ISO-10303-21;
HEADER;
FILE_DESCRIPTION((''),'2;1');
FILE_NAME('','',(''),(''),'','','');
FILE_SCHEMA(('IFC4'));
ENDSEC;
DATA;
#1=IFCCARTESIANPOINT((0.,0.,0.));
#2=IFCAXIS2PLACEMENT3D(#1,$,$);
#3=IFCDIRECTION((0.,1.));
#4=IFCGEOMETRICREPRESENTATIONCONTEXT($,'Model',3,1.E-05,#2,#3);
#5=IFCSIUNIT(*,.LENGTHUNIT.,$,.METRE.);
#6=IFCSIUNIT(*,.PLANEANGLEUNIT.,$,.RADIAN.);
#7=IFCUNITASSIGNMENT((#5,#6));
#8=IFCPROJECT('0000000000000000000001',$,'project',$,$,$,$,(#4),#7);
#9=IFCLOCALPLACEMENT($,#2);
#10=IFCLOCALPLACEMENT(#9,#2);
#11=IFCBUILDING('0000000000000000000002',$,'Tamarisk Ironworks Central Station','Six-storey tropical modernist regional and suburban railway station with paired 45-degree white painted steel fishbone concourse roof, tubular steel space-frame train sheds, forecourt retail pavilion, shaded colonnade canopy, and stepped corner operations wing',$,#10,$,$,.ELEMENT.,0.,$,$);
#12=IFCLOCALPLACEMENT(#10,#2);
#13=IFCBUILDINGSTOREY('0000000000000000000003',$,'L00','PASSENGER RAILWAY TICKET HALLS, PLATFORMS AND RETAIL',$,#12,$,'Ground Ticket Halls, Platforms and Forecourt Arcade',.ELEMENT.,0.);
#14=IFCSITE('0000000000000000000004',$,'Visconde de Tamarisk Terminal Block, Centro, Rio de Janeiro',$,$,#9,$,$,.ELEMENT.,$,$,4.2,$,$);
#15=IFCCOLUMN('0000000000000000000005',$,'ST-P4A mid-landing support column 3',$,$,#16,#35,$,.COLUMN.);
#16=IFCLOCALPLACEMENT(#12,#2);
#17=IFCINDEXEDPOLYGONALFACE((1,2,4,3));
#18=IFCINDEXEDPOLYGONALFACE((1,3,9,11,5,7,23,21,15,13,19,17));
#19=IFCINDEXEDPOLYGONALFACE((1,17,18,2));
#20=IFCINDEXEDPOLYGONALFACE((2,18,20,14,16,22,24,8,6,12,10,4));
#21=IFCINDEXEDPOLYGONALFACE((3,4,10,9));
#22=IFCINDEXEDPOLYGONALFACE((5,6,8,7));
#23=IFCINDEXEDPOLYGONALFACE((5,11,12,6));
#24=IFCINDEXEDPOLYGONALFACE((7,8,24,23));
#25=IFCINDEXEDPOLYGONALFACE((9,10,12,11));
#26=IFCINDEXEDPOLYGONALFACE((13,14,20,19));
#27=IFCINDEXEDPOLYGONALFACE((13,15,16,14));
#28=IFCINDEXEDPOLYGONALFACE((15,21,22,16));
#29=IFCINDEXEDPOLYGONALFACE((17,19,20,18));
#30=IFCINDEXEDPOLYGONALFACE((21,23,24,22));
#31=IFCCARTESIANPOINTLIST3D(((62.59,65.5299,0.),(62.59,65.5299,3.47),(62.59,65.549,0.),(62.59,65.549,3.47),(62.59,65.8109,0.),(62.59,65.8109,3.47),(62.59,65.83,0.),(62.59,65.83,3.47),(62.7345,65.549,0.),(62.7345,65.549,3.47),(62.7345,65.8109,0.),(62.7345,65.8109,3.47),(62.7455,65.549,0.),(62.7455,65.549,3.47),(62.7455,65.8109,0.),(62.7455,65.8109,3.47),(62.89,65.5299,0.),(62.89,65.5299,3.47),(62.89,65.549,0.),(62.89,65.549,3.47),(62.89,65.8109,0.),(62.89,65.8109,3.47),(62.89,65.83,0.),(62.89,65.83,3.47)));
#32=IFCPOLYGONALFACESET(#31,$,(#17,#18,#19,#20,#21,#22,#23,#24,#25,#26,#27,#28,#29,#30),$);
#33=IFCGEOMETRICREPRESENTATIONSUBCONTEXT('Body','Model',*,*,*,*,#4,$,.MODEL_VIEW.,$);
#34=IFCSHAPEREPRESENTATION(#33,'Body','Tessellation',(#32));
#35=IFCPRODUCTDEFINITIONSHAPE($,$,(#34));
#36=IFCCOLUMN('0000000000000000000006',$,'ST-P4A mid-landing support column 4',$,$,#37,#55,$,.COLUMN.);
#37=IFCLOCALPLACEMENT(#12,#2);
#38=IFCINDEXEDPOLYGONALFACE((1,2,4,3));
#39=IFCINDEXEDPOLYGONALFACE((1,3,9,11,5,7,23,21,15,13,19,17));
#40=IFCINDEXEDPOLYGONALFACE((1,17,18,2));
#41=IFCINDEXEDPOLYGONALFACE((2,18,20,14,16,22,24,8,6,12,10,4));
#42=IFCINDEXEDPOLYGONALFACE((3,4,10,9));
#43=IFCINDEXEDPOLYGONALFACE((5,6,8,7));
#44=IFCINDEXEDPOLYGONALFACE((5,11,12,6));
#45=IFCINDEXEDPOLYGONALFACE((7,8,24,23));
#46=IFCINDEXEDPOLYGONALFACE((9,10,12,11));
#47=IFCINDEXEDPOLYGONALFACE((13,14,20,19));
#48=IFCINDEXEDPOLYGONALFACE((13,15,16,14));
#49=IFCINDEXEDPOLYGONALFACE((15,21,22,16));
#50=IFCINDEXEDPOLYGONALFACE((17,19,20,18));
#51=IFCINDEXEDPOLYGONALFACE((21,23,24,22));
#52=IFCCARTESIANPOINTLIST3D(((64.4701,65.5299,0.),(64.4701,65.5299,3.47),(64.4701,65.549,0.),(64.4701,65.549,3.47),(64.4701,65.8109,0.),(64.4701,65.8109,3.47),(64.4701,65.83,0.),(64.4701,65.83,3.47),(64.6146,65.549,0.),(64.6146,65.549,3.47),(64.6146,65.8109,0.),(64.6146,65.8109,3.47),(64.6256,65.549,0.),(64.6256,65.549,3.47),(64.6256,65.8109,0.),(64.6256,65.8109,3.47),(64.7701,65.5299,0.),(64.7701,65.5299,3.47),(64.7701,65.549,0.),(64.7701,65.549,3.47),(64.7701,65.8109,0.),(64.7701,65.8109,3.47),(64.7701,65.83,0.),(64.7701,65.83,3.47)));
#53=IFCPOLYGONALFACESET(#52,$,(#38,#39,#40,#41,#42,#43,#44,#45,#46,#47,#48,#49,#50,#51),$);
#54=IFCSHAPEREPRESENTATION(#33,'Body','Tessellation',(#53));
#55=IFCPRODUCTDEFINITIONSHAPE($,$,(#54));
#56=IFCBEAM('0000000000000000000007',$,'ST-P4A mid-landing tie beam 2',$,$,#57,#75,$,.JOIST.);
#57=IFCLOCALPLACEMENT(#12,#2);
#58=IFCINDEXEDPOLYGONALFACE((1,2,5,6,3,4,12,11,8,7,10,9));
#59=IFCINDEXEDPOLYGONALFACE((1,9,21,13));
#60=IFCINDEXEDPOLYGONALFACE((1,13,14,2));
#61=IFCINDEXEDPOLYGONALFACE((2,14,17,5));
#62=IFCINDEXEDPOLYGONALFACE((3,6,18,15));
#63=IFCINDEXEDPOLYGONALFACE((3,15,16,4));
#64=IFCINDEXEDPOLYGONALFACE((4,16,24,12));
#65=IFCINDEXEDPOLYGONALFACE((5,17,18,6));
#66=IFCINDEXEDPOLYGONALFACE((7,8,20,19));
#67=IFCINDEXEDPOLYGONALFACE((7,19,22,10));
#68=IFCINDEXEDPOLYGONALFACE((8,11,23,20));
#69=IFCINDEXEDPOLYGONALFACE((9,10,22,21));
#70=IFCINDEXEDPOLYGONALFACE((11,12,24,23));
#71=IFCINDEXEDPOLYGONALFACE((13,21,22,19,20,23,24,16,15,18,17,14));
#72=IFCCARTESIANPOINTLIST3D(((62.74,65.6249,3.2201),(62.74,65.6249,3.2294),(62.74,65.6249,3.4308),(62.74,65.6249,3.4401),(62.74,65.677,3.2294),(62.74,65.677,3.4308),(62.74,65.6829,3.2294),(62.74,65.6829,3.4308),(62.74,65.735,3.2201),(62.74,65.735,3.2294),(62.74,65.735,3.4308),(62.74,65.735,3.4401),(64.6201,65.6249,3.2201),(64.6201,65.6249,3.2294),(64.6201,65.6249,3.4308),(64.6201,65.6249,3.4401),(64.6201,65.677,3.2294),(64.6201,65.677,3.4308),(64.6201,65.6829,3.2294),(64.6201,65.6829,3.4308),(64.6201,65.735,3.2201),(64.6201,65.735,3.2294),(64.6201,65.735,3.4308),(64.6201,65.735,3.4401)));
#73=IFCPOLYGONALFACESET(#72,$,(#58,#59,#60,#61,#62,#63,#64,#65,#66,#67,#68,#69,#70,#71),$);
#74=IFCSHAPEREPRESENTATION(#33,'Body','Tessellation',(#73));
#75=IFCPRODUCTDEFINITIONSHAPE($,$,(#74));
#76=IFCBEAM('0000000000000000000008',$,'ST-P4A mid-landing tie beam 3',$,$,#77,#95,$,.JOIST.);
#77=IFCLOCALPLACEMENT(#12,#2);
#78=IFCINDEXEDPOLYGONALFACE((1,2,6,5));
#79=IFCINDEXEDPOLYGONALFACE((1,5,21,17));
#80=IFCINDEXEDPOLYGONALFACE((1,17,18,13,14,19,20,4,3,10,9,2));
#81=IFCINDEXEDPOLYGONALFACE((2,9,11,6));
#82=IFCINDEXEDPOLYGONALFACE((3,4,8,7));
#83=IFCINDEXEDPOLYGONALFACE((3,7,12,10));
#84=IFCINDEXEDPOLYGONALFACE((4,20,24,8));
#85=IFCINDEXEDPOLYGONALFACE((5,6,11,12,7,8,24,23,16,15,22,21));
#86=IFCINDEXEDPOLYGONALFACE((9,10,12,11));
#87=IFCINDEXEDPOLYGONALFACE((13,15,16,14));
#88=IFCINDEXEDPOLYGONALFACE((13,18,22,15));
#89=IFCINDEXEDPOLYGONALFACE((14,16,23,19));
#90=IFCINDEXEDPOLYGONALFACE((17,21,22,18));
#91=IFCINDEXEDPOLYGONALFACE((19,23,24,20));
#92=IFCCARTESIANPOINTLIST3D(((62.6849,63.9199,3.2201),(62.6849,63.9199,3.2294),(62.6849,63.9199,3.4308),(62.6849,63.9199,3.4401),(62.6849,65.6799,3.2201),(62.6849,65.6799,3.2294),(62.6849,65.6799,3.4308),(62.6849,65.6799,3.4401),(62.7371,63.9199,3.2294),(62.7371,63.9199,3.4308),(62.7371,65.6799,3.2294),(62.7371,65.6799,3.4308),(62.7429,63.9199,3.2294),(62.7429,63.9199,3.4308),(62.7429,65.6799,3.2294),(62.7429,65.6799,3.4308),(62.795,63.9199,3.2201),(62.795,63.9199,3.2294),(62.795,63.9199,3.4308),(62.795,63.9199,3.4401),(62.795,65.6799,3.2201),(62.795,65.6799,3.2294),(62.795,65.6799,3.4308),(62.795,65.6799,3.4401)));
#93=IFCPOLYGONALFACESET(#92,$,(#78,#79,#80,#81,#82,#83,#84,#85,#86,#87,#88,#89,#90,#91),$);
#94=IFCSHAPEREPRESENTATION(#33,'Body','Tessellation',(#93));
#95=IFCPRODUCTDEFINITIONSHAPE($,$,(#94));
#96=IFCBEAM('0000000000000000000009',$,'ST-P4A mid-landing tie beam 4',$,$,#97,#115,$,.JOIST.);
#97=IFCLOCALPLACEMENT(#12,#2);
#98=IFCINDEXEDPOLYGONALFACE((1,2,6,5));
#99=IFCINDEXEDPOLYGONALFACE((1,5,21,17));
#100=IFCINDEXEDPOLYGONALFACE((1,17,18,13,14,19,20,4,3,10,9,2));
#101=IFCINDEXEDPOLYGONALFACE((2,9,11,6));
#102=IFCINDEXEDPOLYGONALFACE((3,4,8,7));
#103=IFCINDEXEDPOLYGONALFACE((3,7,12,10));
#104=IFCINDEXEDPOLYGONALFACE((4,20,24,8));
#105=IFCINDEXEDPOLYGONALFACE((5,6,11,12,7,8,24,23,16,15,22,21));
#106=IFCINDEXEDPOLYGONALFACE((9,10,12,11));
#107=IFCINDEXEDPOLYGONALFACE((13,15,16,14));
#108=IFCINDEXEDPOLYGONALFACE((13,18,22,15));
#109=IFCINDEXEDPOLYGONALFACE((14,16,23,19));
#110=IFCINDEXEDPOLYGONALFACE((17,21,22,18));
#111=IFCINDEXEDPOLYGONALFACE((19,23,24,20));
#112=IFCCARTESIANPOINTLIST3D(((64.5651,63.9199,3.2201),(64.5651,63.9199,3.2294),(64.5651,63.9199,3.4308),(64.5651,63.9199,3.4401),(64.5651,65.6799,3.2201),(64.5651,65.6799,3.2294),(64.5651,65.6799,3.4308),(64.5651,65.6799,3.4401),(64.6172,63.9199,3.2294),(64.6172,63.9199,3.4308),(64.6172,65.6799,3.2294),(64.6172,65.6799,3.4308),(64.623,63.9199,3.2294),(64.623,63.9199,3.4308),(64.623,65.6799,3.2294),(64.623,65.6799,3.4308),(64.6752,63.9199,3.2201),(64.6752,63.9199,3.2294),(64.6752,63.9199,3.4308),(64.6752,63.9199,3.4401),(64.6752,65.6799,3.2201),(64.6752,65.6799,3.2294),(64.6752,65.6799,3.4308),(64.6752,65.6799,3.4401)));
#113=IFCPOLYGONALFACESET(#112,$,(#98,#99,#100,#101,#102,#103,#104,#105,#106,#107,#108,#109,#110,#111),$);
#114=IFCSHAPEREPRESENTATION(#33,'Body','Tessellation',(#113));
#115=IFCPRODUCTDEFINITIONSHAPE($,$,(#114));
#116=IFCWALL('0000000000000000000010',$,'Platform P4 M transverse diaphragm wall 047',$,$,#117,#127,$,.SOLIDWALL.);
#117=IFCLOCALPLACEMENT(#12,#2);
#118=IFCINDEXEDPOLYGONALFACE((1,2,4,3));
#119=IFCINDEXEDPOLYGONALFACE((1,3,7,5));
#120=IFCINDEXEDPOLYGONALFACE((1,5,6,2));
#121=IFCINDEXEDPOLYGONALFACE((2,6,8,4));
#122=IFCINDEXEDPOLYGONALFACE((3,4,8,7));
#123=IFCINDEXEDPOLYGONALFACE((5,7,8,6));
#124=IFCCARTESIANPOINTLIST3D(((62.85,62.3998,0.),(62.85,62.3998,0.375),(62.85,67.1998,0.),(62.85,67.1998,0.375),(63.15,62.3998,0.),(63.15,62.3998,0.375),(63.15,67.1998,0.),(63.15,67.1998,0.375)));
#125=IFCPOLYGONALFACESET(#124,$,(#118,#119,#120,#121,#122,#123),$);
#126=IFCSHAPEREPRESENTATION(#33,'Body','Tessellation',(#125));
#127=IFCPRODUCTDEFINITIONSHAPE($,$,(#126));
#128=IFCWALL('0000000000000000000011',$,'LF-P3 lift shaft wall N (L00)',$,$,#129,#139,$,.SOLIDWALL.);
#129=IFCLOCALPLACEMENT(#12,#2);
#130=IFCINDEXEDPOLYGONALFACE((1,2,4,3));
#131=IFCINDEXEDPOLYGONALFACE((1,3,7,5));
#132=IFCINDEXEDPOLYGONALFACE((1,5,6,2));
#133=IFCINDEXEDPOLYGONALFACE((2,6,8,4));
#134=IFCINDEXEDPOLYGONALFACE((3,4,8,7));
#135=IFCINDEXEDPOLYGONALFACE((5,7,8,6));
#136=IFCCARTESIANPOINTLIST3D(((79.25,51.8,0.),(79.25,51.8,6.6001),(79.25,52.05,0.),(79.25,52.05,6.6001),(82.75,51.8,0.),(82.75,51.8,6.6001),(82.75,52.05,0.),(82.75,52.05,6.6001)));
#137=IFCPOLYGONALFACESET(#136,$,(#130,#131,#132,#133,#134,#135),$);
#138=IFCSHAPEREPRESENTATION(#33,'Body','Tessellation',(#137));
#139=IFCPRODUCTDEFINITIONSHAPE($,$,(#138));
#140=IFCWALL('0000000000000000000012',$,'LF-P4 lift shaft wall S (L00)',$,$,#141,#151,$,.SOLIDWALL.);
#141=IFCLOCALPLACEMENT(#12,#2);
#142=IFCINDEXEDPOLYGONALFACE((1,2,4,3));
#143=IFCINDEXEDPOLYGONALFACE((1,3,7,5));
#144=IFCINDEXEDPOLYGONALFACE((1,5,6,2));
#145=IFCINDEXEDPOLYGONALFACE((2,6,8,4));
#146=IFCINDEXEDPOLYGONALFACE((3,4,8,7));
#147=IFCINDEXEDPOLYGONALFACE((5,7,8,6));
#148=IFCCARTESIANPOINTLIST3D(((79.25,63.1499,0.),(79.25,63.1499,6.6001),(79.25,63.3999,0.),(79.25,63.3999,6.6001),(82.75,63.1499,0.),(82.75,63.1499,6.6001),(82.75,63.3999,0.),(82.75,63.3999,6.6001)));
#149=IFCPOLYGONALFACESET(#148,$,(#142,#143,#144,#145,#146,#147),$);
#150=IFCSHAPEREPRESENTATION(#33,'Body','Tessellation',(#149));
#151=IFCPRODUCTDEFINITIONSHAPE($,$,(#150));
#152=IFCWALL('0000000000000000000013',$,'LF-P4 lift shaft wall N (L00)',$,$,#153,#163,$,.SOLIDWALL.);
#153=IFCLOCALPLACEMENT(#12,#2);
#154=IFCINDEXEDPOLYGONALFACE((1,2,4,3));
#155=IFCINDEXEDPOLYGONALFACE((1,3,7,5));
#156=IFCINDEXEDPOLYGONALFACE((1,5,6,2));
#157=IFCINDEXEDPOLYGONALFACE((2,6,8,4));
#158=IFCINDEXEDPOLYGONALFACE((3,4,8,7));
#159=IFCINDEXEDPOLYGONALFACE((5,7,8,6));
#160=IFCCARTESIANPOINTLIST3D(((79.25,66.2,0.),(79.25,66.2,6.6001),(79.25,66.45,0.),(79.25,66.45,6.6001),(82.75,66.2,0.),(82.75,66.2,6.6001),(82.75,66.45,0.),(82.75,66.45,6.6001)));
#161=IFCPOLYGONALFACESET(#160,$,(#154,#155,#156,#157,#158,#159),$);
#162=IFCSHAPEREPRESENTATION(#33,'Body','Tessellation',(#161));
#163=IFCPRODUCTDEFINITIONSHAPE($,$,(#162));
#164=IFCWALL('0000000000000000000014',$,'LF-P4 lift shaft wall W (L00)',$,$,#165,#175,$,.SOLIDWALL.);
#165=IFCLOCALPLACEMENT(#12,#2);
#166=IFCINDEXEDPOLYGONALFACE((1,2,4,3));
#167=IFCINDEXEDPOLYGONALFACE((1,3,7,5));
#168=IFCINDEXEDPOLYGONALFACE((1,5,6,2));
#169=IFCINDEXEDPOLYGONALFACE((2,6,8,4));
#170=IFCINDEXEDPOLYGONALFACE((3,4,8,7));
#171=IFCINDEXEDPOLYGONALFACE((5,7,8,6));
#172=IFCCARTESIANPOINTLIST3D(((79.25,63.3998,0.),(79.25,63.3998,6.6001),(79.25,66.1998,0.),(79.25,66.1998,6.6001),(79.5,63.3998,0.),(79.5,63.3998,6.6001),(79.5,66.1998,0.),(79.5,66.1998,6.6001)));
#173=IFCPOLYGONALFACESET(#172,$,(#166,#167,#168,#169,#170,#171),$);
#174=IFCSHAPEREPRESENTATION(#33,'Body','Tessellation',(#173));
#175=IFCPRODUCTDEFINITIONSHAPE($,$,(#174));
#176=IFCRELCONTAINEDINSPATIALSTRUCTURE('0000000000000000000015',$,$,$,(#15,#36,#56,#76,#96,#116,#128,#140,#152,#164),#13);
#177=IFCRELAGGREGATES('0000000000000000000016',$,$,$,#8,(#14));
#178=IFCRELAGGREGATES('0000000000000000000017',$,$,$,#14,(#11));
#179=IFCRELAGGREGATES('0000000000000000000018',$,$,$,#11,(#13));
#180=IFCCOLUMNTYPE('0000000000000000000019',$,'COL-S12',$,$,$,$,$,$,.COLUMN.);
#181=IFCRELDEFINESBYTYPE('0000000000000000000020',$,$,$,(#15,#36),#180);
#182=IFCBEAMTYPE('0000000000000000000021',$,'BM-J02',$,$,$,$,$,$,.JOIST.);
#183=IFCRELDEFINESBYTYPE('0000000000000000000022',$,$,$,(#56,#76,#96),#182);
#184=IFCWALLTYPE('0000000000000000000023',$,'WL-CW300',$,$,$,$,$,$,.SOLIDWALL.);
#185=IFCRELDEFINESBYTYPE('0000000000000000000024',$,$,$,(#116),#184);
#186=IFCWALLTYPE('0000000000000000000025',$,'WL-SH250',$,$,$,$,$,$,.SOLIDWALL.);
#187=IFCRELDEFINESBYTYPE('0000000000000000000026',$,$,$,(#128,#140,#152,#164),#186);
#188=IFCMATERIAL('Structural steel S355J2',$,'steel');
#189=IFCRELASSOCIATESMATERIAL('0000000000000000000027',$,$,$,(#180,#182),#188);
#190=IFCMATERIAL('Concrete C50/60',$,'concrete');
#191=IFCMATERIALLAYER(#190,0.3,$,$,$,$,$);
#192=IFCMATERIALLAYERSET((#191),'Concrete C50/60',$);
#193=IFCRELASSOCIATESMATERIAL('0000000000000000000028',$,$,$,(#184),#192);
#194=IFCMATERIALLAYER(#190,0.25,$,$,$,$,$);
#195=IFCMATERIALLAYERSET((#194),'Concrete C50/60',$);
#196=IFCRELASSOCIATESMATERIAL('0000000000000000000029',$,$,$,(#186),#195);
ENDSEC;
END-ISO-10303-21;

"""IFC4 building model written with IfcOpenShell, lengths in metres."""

from ifc_helpers import new_model, si_unit, direction, frame, frame_2d, origin, origin_2d, place, context, subcontext, project, spatial, rectangle, i_section, extrude, material, layer, layer_set, material_profile, profile_set, type_object, element, save


model = new_model("IFC4")

# Units and contexts
model_context = context("Model", 3, precision=1e-05, world=origin(), true_north=direction((0.0, 1.0)))
body_context = subcontext(model_context, "Body", "Model", "MODEL_VIEW")
ifc_project = project(units=[si_unit("LENGTHUNIT", "METRE"), si_unit("PLANEANGLEUNIT", "RADIAN")], contexts=[model_context])

# Site, building, storey
site_placement = place(None, origin())
site = spatial("IfcSite", under=ifc_project, at=site_placement, Name="Visconde de Tamarisk Terminal Block, Centro, Rio de Janeiro", CompositionType="ELEMENT", RefElevation=4.2)
building_placement = place(site_placement, origin())
building = spatial("IfcBuilding", under=site, at=building_placement, Name="Tamarisk Ironworks Central Station", Description="Six-storey tropical modernist regional and suburban railway station with paired 45-degree white painted steel fishbone concourse roof, tubular steel space-frame train sheds, forecourt retail pavilion, shaded colonnade canopy, and stepped corner operations wing", CompositionType="ELEMENT", ElevationOfRefHeight=0.0)
storey_placement = place(building_placement, origin())
storey = spatial("IfcBuildingStorey", under=building, at=storey_placement, Name="L00", Description="PASSENGER RAILWAY TICKET HALLS, PLATFORMS AND RETAIL", LongName="Ground Ticket Halls, Platforms and Forecourt Arcade", CompositionType="ELEMENT", Elevation=0.0)

# Columns
ifc_material_1 = material(Name="Structural steel S355J2", Category="steel")
ifc_material_profile_1 = material_profile(ifc_material_1, i_section(OverallWidth=0.3, OverallDepth=0.3, WebThickness=0.011, FlangeThickness=0.019, at=origin_2d()), Name="HEB 300")
ifc_profile_set_1 = profile_set([ifc_material_profile_1], Name="Structural steel S355J2")
column_type_1 = type_object("IfcColumnType", Name="COL-S12", PredefinedType="COLUMN", material=ifc_profile_set_1)
for number, where, z_axis, x_axis, name in (
    (1, (62.74, 65.6799, 0.0), (0.0, 0.0, 1.0), (1.0, 0.0, 0.0), "ST-P4A mid-landing support column 3"),
    (2, (64.6201, 65.6799, 0.0), (0.0, 0.0, 1.0), (1.0, 0.0, 0.0), "ST-P4A mid-landing support column 4"),
):
    element("IfcColumn", number, at=place(storey_placement, frame(where, z_axis=z_axis, x_axis=x_axis)), inside=storey, type_object=column_type_1, Name=name, PredefinedType="COLUMN", context=body_context, shape_type="SweptSolid", body=[
        extrude(i_section(OverallWidth=0.3, OverallDepth=0.3, WebThickness=0.011, FlangeThickness=0.019, at=origin_2d()), origin(), (0.0, 0.0, 1.0), 3.47),
    ])

# Beams
ifc_material_profile_2 = material_profile(ifc_material_1, i_section(OverallWidth=0.1101, OverallDepth=0.22, WebThickness=0.0059, FlangeThickness=0.0093, at=origin_2d()), Name="IPE 220")
ifc_profile_set_2 = profile_set([ifc_material_profile_2], Name="Structural steel S355J2")
beam_type = type_object("IfcBeamType", Name="BM-J02", PredefinedType="JOIST", material=ifc_profile_set_2)
beam_placement = place(storey_placement, frame((62.74, 65.6799, 3.3301), z_axis=(1.0, 0.0, 0.0), x_axis=(0.0, 1.0, 0.0)))
element("IfcBeam", 3, at=beam_placement, inside=storey, type_object=beam_type, Name="ST-P4A mid-landing tie beam 2", PredefinedType="JOIST", context=body_context, shape_type="SweptSolid", body=[
    extrude(i_section(OverallWidth=0.1101, OverallDepth=0.22, WebThickness=0.0059, FlangeThickness=0.0093, at=origin_2d()), origin(), (0.0, 0.0, 1.0), 1.8801),
])
for number, where, z_axis, x_axis, name in (
    (4, (62.74, 63.9199, 3.3301), (0.0, 1.0, 0.0), (-1.0, 0.0, 0.0), "ST-P4A mid-landing tie beam 3"),
    (5, (64.6201, 63.9199, 3.3301), (0.0, 1.0, 0.0), (-1.0, 0.0, 0.0), "ST-P4A mid-landing tie beam 4"),
):
    element("IfcBeam", number, at=place(storey_placement, frame(where, z_axis=z_axis, x_axis=x_axis)), inside=storey, type_object=beam_type, Name=name, PredefinedType="JOIST", context=body_context, shape_type="SweptSolid", body=[
        extrude(i_section(OverallWidth=0.1101, OverallDepth=0.22, WebThickness=0.0059, FlangeThickness=0.0093, at=origin_2d()), origin(), (0.0, 0.0, 1.0), 1.76),
    ])

# Walls
ifc_material_2 = material(Name="Concrete C50/60", Category="concrete")
ifc_layer_1 = layer(ifc_material_2, 0.3)
ifc_layer_set_1 = layer_set([ifc_layer_1], Name="Concrete C50/60")
wall_type_1 = type_object("IfcWallType", Name="WL-CW300", PredefinedType="SOLIDWALL", material=ifc_layer_set_1)
wall_1_placement = place(storey_placement, frame((63.0, 62.3999, 0.0), z_axis=(0.0, 0.0, 1.0), x_axis=(0.0, 1.0, 0.0)))
element("IfcWall", 6, at=wall_1_placement, inside=storey, type_object=wall_type_1, Name="Platform P4 M transverse diaphragm wall 047", PredefinedType="SOLIDWALL", context=body_context, shape_type="SweptSolid", body=[
    extrude(rectangle(XDim=4.8, YDim=0.3, at=frame_2d((2.3999, 0.0))), origin(), (0.0, 0.0, 1.0), 0.375),
])
ifc_layer_2 = layer(ifc_material_2, 0.25)
ifc_layer_set_2 = layer_set([ifc_layer_2], Name="Concrete C50/60")
wall_type_2 = type_object("IfcWallType", Name="WL-SH250", PredefinedType="SOLIDWALL", material=ifc_layer_set_2)
for number, where, z_axis, x_axis, name in (
    (7, (79.25, 51.925, 0.0), (0.0, 0.0, 1.0), (1.0, 0.0, 0.0), "LF-P3 lift shaft wall N (L00)"),
    (8, (79.25, 63.2749, 0.0), (0.0, 0.0, 1.0), (1.0, 0.0, 0.0), "LF-P4 lift shaft wall S (L00)"),
    (9, (79.25, 66.325, 0.0), (0.0, 0.0, 1.0), (1.0, 0.0, 0.0), "LF-P4 lift shaft wall N (L00)"),
):
    element("IfcWall", number, at=place(storey_placement, frame(where, z_axis=z_axis, x_axis=x_axis)), inside=storey, type_object=wall_type_2, Name=name, PredefinedType="SOLIDWALL", context=body_context, shape_type="SweptSolid", body=[
        extrude(rectangle(XDim=3.5, YDim=0.25, at=frame_2d((1.75, 0.0))), origin(), (0.0, 0.0, 1.0), 6.6001),
    ])
wall_2_placement = place(storey_placement, frame((79.375, 63.3999, 0.0), z_axis=(0.0, 0.0, 1.0), x_axis=(0.0, 1.0, 0.0)))
element("IfcWall", 10, at=wall_2_placement, inside=storey, type_object=wall_type_2, Name="LF-P4 lift shaft wall W (L00)", PredefinedType="SOLIDWALL", context=body_context, shape_type="SweptSolid", body=[
    extrude(rectangle(XDim=2.8, YDim=0.25, at=frame_2d((1.3999, 0.0))), origin(), (0.0, 0.0, 1.0), 6.6001),
])

save(model, "model.ifc")
